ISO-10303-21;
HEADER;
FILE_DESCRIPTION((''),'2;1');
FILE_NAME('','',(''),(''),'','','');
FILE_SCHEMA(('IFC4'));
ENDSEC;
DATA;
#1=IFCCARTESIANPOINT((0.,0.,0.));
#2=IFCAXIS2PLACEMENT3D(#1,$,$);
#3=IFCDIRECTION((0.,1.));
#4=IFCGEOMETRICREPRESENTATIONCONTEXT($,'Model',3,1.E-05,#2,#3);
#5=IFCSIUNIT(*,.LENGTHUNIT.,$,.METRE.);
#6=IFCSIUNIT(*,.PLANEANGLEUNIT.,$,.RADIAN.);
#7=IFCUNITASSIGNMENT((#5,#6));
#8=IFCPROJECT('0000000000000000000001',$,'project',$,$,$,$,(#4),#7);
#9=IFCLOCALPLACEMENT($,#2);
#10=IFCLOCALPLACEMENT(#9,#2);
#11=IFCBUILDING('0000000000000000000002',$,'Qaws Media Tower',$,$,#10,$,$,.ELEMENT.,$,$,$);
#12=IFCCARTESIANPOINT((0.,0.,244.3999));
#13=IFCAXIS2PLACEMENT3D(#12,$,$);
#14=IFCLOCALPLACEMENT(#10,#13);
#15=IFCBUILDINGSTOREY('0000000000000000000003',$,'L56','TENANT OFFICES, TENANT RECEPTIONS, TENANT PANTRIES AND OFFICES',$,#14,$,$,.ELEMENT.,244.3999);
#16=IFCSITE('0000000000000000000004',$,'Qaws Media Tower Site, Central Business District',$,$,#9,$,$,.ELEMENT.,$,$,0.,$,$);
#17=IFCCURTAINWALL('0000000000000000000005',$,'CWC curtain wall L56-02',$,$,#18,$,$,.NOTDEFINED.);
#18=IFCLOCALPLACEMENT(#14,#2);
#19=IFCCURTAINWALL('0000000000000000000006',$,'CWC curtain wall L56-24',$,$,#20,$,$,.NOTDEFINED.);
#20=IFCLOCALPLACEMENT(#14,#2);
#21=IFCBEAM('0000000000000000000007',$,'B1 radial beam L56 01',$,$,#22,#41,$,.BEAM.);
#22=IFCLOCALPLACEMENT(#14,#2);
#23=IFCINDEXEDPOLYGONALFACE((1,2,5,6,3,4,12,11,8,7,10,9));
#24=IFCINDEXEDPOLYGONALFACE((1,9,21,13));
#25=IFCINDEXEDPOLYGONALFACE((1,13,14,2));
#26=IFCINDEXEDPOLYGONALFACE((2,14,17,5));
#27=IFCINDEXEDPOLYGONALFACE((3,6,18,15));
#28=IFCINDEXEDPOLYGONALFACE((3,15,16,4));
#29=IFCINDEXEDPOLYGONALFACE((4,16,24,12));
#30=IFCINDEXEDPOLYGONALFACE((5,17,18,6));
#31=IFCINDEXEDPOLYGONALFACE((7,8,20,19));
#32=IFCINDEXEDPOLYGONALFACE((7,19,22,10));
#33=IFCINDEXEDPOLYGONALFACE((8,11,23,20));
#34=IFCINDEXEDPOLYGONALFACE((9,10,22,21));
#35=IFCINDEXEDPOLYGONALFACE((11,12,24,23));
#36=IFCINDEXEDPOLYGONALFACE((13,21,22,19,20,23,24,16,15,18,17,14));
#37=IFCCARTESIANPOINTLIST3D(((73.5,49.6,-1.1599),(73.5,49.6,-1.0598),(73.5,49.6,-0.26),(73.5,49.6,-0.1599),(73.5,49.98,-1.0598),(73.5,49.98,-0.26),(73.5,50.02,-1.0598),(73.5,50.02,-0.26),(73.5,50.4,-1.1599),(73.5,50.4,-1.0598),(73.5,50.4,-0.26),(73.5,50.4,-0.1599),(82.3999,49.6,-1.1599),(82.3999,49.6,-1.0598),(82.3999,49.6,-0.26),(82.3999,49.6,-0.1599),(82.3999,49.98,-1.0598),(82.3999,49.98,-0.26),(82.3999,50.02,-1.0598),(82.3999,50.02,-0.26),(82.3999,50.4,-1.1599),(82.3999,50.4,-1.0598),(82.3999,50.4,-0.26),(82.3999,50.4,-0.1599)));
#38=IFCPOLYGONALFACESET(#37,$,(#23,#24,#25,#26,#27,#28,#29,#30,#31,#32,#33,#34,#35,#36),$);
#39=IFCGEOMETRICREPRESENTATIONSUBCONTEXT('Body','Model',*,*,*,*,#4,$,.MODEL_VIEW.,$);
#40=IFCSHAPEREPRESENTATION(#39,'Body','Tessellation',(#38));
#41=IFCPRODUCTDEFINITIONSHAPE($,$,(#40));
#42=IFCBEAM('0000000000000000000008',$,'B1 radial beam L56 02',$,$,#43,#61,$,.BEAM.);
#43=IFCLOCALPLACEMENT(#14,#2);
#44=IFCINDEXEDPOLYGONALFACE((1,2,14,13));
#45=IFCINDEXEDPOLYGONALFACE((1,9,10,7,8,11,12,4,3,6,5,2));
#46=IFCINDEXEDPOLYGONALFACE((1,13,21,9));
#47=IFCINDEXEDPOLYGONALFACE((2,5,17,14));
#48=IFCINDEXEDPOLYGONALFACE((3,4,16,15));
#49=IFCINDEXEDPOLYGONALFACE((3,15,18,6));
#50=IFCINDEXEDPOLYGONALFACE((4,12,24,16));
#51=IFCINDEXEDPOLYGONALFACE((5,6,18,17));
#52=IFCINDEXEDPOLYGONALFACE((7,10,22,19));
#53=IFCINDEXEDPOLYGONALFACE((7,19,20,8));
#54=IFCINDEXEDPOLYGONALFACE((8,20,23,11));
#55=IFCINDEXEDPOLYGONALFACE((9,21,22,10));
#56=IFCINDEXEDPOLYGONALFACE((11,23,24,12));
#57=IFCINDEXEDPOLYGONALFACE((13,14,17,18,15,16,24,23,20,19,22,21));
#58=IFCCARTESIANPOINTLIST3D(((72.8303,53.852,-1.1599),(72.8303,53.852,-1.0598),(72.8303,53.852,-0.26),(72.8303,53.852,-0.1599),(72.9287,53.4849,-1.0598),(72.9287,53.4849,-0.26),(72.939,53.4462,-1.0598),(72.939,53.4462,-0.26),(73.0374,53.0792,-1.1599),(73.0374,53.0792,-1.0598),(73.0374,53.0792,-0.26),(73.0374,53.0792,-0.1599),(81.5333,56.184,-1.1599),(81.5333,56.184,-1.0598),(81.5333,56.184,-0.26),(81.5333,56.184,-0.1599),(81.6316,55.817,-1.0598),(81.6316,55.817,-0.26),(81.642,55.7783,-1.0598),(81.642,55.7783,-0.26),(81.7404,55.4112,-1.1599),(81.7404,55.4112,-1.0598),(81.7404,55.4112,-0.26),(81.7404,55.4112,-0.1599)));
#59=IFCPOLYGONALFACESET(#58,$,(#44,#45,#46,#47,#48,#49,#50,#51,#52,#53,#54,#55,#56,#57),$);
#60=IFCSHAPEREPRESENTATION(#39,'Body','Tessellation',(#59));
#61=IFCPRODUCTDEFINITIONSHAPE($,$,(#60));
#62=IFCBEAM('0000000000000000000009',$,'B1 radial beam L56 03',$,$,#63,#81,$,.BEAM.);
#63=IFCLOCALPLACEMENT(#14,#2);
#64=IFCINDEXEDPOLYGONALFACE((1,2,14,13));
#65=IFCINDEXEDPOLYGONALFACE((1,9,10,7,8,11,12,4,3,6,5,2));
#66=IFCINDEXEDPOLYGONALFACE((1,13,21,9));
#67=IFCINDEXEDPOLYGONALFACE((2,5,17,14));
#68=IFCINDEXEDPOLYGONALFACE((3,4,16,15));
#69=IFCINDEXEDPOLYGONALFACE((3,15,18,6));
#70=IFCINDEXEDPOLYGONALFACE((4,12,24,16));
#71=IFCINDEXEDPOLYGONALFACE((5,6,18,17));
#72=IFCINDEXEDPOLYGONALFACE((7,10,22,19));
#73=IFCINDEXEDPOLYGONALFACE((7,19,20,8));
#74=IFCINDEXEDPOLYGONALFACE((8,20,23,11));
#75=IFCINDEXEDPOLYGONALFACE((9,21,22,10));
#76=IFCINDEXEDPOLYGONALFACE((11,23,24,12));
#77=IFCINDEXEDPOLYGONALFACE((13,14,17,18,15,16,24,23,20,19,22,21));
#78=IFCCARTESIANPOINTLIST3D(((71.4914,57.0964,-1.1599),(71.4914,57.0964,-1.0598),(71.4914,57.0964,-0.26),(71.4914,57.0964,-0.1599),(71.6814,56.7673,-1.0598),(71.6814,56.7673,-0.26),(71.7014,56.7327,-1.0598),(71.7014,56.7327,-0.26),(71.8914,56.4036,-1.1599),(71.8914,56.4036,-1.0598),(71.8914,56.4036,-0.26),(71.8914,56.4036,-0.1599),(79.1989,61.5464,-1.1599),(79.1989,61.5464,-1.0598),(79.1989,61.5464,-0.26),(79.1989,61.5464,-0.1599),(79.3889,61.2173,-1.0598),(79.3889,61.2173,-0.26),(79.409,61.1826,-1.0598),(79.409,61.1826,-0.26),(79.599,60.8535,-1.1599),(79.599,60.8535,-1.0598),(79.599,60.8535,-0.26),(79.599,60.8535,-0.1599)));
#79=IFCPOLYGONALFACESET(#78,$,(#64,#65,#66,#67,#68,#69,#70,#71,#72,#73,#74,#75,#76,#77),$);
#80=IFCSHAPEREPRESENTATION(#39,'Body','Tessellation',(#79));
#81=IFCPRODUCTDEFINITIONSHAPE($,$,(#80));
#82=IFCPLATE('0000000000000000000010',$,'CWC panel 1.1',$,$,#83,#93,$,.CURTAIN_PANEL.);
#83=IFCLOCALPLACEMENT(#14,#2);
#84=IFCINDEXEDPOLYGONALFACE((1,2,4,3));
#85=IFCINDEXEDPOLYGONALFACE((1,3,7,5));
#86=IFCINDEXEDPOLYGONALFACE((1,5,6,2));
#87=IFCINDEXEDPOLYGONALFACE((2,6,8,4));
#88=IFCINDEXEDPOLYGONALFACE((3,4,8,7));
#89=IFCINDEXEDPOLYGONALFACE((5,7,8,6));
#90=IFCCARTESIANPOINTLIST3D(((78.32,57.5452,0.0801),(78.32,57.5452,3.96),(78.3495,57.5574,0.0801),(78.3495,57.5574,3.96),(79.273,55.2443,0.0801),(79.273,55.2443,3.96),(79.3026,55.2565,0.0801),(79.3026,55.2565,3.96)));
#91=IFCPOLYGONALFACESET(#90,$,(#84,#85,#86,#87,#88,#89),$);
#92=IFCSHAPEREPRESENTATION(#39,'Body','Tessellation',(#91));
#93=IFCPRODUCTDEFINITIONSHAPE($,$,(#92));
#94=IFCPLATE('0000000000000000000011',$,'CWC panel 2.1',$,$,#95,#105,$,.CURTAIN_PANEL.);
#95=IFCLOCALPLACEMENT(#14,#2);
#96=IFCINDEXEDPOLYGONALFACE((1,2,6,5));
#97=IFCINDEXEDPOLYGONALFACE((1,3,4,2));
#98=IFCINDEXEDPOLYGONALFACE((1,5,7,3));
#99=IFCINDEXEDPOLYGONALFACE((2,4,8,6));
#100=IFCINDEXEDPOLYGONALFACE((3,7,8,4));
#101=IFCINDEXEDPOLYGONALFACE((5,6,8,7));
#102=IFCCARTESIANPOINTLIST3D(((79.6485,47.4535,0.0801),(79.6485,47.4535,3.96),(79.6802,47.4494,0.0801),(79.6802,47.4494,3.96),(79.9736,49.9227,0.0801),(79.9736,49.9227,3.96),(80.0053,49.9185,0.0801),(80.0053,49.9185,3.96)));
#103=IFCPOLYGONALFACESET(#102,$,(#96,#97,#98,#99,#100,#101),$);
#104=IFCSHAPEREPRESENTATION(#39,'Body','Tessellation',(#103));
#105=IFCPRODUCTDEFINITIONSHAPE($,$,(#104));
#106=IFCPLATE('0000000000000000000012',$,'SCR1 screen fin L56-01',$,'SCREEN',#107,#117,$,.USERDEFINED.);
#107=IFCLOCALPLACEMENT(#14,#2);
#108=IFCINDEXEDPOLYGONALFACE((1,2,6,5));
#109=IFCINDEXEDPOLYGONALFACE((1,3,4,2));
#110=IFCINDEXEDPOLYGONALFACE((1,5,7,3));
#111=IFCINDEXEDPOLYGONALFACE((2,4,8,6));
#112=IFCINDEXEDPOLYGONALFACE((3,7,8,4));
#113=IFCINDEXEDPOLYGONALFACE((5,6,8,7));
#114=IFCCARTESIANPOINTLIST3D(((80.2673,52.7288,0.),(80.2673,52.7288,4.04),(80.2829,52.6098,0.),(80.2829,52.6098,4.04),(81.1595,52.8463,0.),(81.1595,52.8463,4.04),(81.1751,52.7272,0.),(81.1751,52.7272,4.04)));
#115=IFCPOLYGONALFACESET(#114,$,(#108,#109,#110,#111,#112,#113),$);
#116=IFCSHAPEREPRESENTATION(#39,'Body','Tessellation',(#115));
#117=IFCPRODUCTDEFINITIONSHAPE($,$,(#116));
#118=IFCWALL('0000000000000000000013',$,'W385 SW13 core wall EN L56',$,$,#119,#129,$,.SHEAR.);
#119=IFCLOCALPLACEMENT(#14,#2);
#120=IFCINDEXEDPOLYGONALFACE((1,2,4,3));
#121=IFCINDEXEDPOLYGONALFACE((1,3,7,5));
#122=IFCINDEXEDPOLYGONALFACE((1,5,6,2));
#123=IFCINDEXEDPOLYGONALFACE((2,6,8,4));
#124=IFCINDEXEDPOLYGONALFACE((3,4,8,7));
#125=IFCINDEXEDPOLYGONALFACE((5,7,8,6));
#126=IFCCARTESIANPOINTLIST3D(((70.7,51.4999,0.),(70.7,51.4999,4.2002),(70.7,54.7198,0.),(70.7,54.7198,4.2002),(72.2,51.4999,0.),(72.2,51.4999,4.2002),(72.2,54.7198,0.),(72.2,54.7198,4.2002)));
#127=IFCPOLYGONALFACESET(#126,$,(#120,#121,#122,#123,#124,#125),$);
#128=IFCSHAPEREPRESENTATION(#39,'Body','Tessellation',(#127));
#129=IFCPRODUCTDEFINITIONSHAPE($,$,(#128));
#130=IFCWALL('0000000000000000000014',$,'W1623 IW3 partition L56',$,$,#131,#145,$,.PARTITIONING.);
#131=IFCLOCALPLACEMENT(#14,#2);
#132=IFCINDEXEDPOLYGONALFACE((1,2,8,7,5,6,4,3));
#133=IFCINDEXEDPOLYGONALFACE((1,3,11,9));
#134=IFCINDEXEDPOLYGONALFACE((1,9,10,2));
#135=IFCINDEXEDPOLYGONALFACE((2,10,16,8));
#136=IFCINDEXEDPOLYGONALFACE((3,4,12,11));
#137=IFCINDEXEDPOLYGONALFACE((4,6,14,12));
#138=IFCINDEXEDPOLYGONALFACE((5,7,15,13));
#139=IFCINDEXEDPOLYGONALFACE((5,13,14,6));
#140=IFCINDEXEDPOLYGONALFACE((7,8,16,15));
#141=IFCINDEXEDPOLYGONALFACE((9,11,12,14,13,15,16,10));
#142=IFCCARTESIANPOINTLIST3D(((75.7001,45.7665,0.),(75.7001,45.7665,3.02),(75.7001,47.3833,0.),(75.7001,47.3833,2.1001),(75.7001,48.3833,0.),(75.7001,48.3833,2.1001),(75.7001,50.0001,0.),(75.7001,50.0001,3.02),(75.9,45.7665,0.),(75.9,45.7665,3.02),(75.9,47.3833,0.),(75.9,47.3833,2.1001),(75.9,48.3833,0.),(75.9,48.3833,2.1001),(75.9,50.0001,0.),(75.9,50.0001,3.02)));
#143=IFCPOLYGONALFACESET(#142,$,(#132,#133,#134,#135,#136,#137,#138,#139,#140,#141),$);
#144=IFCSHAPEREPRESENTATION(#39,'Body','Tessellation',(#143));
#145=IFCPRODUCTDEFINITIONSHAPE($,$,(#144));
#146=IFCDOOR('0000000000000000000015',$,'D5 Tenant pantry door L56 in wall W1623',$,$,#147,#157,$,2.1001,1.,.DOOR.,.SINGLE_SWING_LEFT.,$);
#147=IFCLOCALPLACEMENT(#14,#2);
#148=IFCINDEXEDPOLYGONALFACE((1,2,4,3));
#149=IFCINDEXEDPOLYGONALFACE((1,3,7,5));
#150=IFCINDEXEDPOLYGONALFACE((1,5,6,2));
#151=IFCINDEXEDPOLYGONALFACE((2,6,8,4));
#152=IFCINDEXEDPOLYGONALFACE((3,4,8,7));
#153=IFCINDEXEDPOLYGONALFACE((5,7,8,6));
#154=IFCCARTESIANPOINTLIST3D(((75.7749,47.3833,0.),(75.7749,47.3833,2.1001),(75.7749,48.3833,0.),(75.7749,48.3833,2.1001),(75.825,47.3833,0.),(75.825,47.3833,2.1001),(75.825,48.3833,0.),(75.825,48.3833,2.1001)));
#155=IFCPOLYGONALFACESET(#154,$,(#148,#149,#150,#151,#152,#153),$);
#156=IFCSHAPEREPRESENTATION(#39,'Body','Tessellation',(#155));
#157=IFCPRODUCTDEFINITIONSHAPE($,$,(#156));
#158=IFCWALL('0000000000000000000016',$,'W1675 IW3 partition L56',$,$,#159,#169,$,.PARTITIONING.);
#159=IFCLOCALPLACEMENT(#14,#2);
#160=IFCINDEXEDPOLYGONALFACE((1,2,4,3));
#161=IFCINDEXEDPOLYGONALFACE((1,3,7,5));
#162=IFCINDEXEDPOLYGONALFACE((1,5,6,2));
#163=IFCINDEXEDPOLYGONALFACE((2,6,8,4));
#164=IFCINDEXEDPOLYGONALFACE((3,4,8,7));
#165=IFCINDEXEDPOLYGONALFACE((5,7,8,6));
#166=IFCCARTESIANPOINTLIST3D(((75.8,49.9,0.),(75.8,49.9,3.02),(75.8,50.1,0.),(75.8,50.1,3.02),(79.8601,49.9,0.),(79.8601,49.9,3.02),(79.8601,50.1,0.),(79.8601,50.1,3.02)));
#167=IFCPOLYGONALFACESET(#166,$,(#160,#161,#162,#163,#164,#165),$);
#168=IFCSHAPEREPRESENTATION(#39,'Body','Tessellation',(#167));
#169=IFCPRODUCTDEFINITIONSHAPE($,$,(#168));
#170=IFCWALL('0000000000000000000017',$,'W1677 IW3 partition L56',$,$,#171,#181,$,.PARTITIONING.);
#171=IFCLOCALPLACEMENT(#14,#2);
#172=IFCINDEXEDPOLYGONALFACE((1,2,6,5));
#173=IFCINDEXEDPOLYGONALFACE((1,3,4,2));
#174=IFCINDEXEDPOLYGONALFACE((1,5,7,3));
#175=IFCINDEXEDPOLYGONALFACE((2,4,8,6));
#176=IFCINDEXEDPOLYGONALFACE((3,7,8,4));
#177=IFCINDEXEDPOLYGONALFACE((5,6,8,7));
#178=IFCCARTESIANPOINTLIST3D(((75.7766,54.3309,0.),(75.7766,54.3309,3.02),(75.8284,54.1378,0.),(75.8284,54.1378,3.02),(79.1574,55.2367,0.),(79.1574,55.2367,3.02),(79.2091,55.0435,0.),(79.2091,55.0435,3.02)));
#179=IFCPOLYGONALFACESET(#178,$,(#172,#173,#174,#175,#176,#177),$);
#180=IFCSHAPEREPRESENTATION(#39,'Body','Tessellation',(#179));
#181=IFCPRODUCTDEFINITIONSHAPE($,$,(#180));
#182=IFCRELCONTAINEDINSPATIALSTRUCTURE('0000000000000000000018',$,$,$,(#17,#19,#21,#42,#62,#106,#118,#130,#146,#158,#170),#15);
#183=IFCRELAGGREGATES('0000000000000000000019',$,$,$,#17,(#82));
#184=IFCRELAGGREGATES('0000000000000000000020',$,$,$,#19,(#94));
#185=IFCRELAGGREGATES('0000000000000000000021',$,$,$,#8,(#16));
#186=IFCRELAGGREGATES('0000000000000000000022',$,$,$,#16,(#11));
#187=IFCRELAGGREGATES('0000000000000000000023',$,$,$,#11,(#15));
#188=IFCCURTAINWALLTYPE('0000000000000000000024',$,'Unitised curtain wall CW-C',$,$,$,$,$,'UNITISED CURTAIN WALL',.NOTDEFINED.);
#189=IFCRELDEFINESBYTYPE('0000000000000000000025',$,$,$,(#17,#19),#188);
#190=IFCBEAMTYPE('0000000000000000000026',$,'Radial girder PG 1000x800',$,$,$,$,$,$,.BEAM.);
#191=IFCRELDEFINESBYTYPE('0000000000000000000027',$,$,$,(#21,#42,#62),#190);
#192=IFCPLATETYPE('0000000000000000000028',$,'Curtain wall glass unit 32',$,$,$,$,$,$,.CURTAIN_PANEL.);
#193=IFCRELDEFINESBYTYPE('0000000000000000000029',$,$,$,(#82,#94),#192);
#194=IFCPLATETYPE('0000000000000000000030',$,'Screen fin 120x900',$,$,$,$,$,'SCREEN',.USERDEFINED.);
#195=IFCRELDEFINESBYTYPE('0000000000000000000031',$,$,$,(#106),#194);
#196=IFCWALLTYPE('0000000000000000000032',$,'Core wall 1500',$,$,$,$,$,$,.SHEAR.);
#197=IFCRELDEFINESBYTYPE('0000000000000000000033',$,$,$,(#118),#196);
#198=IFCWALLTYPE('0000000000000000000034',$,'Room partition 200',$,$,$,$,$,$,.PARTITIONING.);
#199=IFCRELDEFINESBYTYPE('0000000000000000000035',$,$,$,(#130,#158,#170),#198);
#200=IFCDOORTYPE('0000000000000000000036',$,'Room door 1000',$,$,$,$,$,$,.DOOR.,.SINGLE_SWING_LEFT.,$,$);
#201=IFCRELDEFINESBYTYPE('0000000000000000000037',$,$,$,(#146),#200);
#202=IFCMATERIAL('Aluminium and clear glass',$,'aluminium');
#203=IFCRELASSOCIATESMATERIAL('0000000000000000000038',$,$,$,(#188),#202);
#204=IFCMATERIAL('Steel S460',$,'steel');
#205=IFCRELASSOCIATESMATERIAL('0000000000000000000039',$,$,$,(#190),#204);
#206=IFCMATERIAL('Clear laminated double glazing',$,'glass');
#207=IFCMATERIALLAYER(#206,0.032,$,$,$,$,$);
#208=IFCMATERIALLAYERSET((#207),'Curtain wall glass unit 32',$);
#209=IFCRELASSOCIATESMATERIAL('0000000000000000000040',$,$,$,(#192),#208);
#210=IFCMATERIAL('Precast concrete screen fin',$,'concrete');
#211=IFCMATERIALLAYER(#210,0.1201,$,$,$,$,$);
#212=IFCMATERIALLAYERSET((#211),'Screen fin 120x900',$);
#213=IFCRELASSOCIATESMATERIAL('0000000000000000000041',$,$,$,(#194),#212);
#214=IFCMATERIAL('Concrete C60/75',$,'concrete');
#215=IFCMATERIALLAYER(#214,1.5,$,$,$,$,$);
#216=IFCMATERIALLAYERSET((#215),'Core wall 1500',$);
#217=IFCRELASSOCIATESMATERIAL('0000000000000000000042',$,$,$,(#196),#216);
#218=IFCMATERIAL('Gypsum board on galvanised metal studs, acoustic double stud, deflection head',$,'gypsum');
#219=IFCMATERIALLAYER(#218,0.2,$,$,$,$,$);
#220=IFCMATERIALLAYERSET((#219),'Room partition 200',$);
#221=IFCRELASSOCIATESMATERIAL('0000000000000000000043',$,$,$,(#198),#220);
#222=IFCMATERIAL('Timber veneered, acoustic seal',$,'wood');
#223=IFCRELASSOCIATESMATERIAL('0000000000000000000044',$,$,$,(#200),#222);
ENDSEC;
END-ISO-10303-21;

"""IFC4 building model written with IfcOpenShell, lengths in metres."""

from ifc_helpers import new_model, si_unit, direction, frame, frame_2d, origin, origin_2d, place, context, subcontext, project, spatial, rectangle, i_section, extrude, material, layer, layer_set, material_profile, profile_set, type_object, element, fill, aggregate, save


model = new_model("IFC4")

# Units and contexts
model_context = context("Model", 3, precision=1e-05, world=origin(), true_north=direction((0.0, 1.0)))
body_context = subcontext(model_context, "Body", "Model", "MODEL_VIEW")
ifc_project = project(units=[si_unit("LENGTHUNIT", "METRE"), si_unit("PLANEANGLEUNIT", "RADIAN")], contexts=[model_context])

# Site, building, storey
site_placement = place(None, origin())
site = spatial("IfcSite", under=ifc_project, at=site_placement, Name="Qaws Media Tower Site, Central Business District", CompositionType="ELEMENT", RefElevation=0.0)
building_placement = place(site_placement, origin())
building = spatial("IfcBuilding", under=site, at=building_placement, Name="Qaws Media Tower", CompositionType="ELEMENT")
storey_placement = place(building_placement, frame((0.0, 0.0, 244.3999)))
storey = spatial("IfcBuildingStorey", under=building, at=storey_placement, Name="L56", Description="TENANT OFFICES, TENANT RECEPTIONS, TENANT PANTRIES AND OFFICES", CompositionType="ELEMENT", Elevation=244.3999)

# Curtain wall
ifc_material_1 = material(Name="Aluminium and clear glass", Category="aluminium")
curtain_wall_type = type_object("IfcCurtainWallType", Name="Unitised curtain wall CW-C", ElementType="UNITISED CURTAIN WALL", PredefinedType="NOTDEFINED", material=ifc_material_1)
curtain_wall_1_placement = place(storey_placement, origin())
curtain_wall_1 = element("IfcCurtainWall", 1, at=curtain_wall_1_placement, inside=storey, type_object=curtain_wall_type, Name="CWC curtain wall L56-02", PredefinedType="NOTDEFINED")

# Curtain wall
curtain_wall_2_placement = place(storey_placement, origin())
curtain_wall_2 = element("IfcCurtainWall", 2, at=curtain_wall_2_placement, inside=storey, type_object=curtain_wall_type, Name="CWC curtain wall L56-24", PredefinedType="NOTDEFINED")

# Beams
ifc_material_2 = material(Name="Steel S460", Category="steel")
ifc_material_profile_1 = material_profile(ifc_material_2, i_section(OverallWidth=0.8, OverallDepth=1.0, WebThickness=0.04, FlangeThickness=0.1001, at=origin_2d()), Name="PG 1000x800")
ifc_profile_set_1 = profile_set([ifc_material_profile_1], Name="Steel S460")
beam_type_1 = type_object("IfcBeamType", Name="Radial girder PG 1000x800", PredefinedType="BEAM", material=ifc_profile_set_1)
beam_1_placement = place(storey_placement, frame((73.5, 50.0, -0.6599), z_axis=(1.0, 0.0, 0.0), x_axis=(0.0, 1.0, 0.0)))
element("IfcBeam", 3, at=beam_1_placement, inside=storey, type_object=beam_type_1, Name="B1 radial beam L56 01", PredefinedType="BEAM", context=body_context, shape_type="SweptSolid", body=[
    extrude(i_section(OverallWidth=0.8, OverallDepth=1.0, WebThickness=0.04, FlangeThickness=0.1001, at=origin_2d()), origin(), (0.0, 0.0, 1.0), 8.8999),
])
beam_2_placement = place(storey_placement, frame((72.9338, 53.4656, -0.6599), z_axis=(0.965923, 0.25883, 0.0), x_axis=(-0.25883, 0.965923, 0.0)))
element("IfcBeam", 4, at=beam_2_placement, inside=storey, type_object=beam_type_1, Name="B1 radial beam L56 02", PredefinedType="BEAM", context=body_context, shape_type="SweptSolid", body=[
    extrude(i_section(OverallWidth=0.8, OverallDepth=1.0, WebThickness=0.04, FlangeThickness=0.1001, at=origin_2d()), origin(), (0.0, 0.0, 1.0), 9.01),
])
beam_3_placement = place(storey_placement, frame((71.6914, 56.75, -0.6599), z_axis=(0.866025, 0.500001, 0.0), x_axis=(-0.500001, 0.866025, 0.0)))
element("IfcBeam", 5, at=beam_3_placement, inside=storey, type_object=beam_type_1, Name="B1 radial beam L56 03", PredefinedType="BEAM", context=body_context, shape_type="SweptSolid", body=[
    extrude(i_section(OverallWidth=0.8, OverallDepth=1.0, WebThickness=0.04, FlangeThickness=0.1001, at=origin_2d()), origin(), (0.0, 0.0, 1.0), 8.8999),
])

# Plates
ifc_material_3 = material(Name="Clear laminated double glazing", Category="glass")
ifc_layer_1 = layer(ifc_material_3, 0.032)
ifc_layer_set_1 = layer_set([ifc_layer_1], Name="Curtain wall glass unit 32")
plate_type_1 = type_object("IfcPlateType", Name="Curtain wall glass unit 32", PredefinedType="CURTAIN_PANEL", material=ifc_layer_set_1)
plate_1_placement = place(storey_placement, frame((78.8113, 56.4009, 0.0801), z_axis=(0.0, 0.0, 1.0), x_axis=(-0.382684, 0.923879, 0.0)))
plate_1 = element("IfcPlate", 6, at=plate_1_placement, type_object=plate_type_1, Name="CWC panel 1.1", PredefinedType="CURTAIN_PANEL", context=body_context, shape_type="SweptSolid", body=[
    extrude(rectangle(XDim=2.4905, YDim=0.032, at=origin_2d()), origin(), (0.0, 0.0, 1.0), 3.8799),
])
aggregate(curtain_wall_1, [plate_1])
plate_2_placement = place(storey_placement, frame((79.8269, 48.686, 0.0801), z_axis=(0.0, 0.0, 1.0), x_axis=(0.130526, 0.991445, 0.0)))
plate_2 = element("IfcPlate", 7, at=plate_2_placement, type_object=plate_type_1, Name="CWC panel 2.1", PredefinedType="CURTAIN_PANEL", context=body_context, shape_type="SweptSolid", body=[
    extrude(rectangle(XDim=2.4905, YDim=0.032, at=origin_2d()), origin(), (0.0, 0.0, 1.0), 3.8799),
])
aggregate(curtain_wall_2, [plate_2])
ifc_material_4 = material(Name="Precast concrete screen fin", Category="concrete")
ifc_layer_2 = layer(ifc_material_4, 0.1201)
ifc_layer_set_2 = layer_set([ifc_layer_2], Name="Screen fin 120x900")
plate_type_2 = type_object("IfcPlateType", Name="Screen fin 120x900", ElementType="SCREEN", PredefinedType="USERDEFINED", material=ifc_layer_set_2)
plate_3_placement = place(storey_placement, frame((80.7212, 52.728, 0.0), z_axis=(0.0, 0.0, 1.0), x_axis=(0.991445, 0.130526, 0.0)))
element("IfcPlate", 8, at=plate_3_placement, inside=storey, type_object=plate_type_2, Name="SCR1 screen fin L56-01", ObjectType="SCREEN", PredefinedType="USERDEFINED", context=body_context, shape_type="SweptSolid", body=[
    extrude(rectangle(XDim=0.8999, YDim=0.1201, at=origin_2d()), origin(), (0.0, 0.0, 1.0), 4.04),
])

# Wall
ifc_material_5 = material(Name="Concrete C60/75", Category="concrete")
ifc_layer_3 = layer(ifc_material_5, 1.5)
ifc_layer_set_3 = layer_set([ifc_layer_3], Name="Core wall 1500")
wall_type_1 = type_object("IfcWallType", Name="Core wall 1500", PredefinedType="SHEAR", material=ifc_layer_set_3)
wall_1_placement = place(storey_placement, frame((71.45, 51.5, 0.0), z_axis=(0.0, 0.0, 1.0), x_axis=(0.0, 1.0, 0.0)))
element("IfcWall", 9, at=wall_1_placement, inside=storey, type_object=wall_type_1, Name="W385 SW13 core wall EN L56", PredefinedType="SHEAR", context=body_context, shape_type="SweptSolid", body=[
    extrude(rectangle(XDim=3.22, YDim=1.5, at=frame_2d((1.6099, 0.0))), origin(), (0.0, 0.0, 1.0), 4.2002),
])

# Wall, opening, door
ifc_material_6 = material(Name="Gypsum board on galvanised metal studs, acoustic double stud, deflection head", Category="gypsum")
ifc_layer_4 = layer(ifc_material_6, 0.2)
ifc_layer_set_4 = layer_set([ifc_layer_4], Name="Room partition 200")
wall_type_2 = type_object("IfcWallType", Name="Room partition 200", PredefinedType="PARTITIONING", material=ifc_layer_set_4)
wall_2_placement = place(storey_placement, frame((75.8, 50.0, 0.0), z_axis=(0.0, 0.0, 1.0), x_axis=(0.0, -1.0, 0.0)))
wall_2 = element("IfcWall", 10, at=wall_2_placement, inside=storey, type_object=wall_type_2, Name="W1623 IW3 partition L56", PredefinedType="PARTITIONING", context=body_context, shape_type="SweptSolid", body=[
    extrude(rectangle(XDim=4.2336, YDim=0.2, at=frame_2d((2.1167, 0.0))), origin(), (0.0, 0.0, 1.0), 3.02),
])
opening_1_placement = place(wall_2_placement, frame((1.6167, 0.0, 0.0)))
opening_1 = element("IfcOpeningElement", 11, at=opening_1_placement, cuts=wall_2, PredefinedType="OPENING", context=body_context, shape_type="SweptSolid", body=[
    extrude(rectangle(XDim=1.0, YDim=2.1001, at=frame_2d((0.5, 1.05))), frame((0.0, 0.1099, 0.0), z_axis=(0.0, -1.0, 0.0), x_axis=(1.0, 0.0, 0.0)), (0.0, 0.0, 1.0), 0.22),
])
ifc_material_7 = material(Name="Timber veneered, acoustic seal", Category="wood")
door_type_1 = type_object("IfcDoorType", Name="Room door 1000", OperationType="SINGLE_SWING_LEFT", PredefinedType="DOOR", material=ifc_material_7)
door_1_placement = place(opening_1_placement, origin())
door_1 = element("IfcDoor", 12, at=door_1_placement, inside=storey, type_object=door_type_1, Name="D5 Tenant pantry door L56 in wall W1623", OperationType="SINGLE_SWING_LEFT", OverallHeight=2.1001, OverallWidth=1.0, PredefinedType="DOOR", context=body_context, shape_type="SweptSolid", body=[
    extrude(rectangle(XDim=1.0, YDim=2.1001, at=frame_2d((0.5, 1.05))), frame((0.0, 0.0249, 0.0), z_axis=(0.0, -1.0, 0.0), x_axis=(1.0, 0.0, 0.0)), (0.0, 0.0, 1.0), 0.05),
])
fill(opening_1, door_1)

# Walls
wall_3_placement = place(storey_placement, frame((75.8, 50.0, 0.0), z_axis=(0.0, 0.0, 1.0), x_axis=(1.0, 0.0, 0.0)))
element("IfcWall", 13, at=wall_3_placement, inside=storey, type_object=wall_type_2, Name="W1675 IW3 partition L56", PredefinedType="PARTITIONING", context=body_context, shape_type="SweptSolid", body=[
    extrude(rectangle(XDim=4.0601, YDim=0.2, at=frame_2d((2.03, 0.0))), origin(), (0.0, 0.0, 1.0), 3.02),
])
wall_4_placement = place(storey_placement, frame((75.8025, 54.2344, 0.0), z_axis=(0.0, 0.0, 1.0), x_axis=(0.965936, 0.258783, 0.0)))
element("IfcWall", 14, at=wall_4_placement, inside=storey, type_object=wall_type_2, Name="W1677 IW3 partition L56", PredefinedType="PARTITIONING", context=body_context, shape_type="SweptSolid", body=[
    extrude(rectangle(XDim=3.5, YDim=0.2, at=frame_2d((1.75, 0.0))), origin(), (0.0, 0.0, 1.0), 3.02),
])

save(model, "model.ifc")
